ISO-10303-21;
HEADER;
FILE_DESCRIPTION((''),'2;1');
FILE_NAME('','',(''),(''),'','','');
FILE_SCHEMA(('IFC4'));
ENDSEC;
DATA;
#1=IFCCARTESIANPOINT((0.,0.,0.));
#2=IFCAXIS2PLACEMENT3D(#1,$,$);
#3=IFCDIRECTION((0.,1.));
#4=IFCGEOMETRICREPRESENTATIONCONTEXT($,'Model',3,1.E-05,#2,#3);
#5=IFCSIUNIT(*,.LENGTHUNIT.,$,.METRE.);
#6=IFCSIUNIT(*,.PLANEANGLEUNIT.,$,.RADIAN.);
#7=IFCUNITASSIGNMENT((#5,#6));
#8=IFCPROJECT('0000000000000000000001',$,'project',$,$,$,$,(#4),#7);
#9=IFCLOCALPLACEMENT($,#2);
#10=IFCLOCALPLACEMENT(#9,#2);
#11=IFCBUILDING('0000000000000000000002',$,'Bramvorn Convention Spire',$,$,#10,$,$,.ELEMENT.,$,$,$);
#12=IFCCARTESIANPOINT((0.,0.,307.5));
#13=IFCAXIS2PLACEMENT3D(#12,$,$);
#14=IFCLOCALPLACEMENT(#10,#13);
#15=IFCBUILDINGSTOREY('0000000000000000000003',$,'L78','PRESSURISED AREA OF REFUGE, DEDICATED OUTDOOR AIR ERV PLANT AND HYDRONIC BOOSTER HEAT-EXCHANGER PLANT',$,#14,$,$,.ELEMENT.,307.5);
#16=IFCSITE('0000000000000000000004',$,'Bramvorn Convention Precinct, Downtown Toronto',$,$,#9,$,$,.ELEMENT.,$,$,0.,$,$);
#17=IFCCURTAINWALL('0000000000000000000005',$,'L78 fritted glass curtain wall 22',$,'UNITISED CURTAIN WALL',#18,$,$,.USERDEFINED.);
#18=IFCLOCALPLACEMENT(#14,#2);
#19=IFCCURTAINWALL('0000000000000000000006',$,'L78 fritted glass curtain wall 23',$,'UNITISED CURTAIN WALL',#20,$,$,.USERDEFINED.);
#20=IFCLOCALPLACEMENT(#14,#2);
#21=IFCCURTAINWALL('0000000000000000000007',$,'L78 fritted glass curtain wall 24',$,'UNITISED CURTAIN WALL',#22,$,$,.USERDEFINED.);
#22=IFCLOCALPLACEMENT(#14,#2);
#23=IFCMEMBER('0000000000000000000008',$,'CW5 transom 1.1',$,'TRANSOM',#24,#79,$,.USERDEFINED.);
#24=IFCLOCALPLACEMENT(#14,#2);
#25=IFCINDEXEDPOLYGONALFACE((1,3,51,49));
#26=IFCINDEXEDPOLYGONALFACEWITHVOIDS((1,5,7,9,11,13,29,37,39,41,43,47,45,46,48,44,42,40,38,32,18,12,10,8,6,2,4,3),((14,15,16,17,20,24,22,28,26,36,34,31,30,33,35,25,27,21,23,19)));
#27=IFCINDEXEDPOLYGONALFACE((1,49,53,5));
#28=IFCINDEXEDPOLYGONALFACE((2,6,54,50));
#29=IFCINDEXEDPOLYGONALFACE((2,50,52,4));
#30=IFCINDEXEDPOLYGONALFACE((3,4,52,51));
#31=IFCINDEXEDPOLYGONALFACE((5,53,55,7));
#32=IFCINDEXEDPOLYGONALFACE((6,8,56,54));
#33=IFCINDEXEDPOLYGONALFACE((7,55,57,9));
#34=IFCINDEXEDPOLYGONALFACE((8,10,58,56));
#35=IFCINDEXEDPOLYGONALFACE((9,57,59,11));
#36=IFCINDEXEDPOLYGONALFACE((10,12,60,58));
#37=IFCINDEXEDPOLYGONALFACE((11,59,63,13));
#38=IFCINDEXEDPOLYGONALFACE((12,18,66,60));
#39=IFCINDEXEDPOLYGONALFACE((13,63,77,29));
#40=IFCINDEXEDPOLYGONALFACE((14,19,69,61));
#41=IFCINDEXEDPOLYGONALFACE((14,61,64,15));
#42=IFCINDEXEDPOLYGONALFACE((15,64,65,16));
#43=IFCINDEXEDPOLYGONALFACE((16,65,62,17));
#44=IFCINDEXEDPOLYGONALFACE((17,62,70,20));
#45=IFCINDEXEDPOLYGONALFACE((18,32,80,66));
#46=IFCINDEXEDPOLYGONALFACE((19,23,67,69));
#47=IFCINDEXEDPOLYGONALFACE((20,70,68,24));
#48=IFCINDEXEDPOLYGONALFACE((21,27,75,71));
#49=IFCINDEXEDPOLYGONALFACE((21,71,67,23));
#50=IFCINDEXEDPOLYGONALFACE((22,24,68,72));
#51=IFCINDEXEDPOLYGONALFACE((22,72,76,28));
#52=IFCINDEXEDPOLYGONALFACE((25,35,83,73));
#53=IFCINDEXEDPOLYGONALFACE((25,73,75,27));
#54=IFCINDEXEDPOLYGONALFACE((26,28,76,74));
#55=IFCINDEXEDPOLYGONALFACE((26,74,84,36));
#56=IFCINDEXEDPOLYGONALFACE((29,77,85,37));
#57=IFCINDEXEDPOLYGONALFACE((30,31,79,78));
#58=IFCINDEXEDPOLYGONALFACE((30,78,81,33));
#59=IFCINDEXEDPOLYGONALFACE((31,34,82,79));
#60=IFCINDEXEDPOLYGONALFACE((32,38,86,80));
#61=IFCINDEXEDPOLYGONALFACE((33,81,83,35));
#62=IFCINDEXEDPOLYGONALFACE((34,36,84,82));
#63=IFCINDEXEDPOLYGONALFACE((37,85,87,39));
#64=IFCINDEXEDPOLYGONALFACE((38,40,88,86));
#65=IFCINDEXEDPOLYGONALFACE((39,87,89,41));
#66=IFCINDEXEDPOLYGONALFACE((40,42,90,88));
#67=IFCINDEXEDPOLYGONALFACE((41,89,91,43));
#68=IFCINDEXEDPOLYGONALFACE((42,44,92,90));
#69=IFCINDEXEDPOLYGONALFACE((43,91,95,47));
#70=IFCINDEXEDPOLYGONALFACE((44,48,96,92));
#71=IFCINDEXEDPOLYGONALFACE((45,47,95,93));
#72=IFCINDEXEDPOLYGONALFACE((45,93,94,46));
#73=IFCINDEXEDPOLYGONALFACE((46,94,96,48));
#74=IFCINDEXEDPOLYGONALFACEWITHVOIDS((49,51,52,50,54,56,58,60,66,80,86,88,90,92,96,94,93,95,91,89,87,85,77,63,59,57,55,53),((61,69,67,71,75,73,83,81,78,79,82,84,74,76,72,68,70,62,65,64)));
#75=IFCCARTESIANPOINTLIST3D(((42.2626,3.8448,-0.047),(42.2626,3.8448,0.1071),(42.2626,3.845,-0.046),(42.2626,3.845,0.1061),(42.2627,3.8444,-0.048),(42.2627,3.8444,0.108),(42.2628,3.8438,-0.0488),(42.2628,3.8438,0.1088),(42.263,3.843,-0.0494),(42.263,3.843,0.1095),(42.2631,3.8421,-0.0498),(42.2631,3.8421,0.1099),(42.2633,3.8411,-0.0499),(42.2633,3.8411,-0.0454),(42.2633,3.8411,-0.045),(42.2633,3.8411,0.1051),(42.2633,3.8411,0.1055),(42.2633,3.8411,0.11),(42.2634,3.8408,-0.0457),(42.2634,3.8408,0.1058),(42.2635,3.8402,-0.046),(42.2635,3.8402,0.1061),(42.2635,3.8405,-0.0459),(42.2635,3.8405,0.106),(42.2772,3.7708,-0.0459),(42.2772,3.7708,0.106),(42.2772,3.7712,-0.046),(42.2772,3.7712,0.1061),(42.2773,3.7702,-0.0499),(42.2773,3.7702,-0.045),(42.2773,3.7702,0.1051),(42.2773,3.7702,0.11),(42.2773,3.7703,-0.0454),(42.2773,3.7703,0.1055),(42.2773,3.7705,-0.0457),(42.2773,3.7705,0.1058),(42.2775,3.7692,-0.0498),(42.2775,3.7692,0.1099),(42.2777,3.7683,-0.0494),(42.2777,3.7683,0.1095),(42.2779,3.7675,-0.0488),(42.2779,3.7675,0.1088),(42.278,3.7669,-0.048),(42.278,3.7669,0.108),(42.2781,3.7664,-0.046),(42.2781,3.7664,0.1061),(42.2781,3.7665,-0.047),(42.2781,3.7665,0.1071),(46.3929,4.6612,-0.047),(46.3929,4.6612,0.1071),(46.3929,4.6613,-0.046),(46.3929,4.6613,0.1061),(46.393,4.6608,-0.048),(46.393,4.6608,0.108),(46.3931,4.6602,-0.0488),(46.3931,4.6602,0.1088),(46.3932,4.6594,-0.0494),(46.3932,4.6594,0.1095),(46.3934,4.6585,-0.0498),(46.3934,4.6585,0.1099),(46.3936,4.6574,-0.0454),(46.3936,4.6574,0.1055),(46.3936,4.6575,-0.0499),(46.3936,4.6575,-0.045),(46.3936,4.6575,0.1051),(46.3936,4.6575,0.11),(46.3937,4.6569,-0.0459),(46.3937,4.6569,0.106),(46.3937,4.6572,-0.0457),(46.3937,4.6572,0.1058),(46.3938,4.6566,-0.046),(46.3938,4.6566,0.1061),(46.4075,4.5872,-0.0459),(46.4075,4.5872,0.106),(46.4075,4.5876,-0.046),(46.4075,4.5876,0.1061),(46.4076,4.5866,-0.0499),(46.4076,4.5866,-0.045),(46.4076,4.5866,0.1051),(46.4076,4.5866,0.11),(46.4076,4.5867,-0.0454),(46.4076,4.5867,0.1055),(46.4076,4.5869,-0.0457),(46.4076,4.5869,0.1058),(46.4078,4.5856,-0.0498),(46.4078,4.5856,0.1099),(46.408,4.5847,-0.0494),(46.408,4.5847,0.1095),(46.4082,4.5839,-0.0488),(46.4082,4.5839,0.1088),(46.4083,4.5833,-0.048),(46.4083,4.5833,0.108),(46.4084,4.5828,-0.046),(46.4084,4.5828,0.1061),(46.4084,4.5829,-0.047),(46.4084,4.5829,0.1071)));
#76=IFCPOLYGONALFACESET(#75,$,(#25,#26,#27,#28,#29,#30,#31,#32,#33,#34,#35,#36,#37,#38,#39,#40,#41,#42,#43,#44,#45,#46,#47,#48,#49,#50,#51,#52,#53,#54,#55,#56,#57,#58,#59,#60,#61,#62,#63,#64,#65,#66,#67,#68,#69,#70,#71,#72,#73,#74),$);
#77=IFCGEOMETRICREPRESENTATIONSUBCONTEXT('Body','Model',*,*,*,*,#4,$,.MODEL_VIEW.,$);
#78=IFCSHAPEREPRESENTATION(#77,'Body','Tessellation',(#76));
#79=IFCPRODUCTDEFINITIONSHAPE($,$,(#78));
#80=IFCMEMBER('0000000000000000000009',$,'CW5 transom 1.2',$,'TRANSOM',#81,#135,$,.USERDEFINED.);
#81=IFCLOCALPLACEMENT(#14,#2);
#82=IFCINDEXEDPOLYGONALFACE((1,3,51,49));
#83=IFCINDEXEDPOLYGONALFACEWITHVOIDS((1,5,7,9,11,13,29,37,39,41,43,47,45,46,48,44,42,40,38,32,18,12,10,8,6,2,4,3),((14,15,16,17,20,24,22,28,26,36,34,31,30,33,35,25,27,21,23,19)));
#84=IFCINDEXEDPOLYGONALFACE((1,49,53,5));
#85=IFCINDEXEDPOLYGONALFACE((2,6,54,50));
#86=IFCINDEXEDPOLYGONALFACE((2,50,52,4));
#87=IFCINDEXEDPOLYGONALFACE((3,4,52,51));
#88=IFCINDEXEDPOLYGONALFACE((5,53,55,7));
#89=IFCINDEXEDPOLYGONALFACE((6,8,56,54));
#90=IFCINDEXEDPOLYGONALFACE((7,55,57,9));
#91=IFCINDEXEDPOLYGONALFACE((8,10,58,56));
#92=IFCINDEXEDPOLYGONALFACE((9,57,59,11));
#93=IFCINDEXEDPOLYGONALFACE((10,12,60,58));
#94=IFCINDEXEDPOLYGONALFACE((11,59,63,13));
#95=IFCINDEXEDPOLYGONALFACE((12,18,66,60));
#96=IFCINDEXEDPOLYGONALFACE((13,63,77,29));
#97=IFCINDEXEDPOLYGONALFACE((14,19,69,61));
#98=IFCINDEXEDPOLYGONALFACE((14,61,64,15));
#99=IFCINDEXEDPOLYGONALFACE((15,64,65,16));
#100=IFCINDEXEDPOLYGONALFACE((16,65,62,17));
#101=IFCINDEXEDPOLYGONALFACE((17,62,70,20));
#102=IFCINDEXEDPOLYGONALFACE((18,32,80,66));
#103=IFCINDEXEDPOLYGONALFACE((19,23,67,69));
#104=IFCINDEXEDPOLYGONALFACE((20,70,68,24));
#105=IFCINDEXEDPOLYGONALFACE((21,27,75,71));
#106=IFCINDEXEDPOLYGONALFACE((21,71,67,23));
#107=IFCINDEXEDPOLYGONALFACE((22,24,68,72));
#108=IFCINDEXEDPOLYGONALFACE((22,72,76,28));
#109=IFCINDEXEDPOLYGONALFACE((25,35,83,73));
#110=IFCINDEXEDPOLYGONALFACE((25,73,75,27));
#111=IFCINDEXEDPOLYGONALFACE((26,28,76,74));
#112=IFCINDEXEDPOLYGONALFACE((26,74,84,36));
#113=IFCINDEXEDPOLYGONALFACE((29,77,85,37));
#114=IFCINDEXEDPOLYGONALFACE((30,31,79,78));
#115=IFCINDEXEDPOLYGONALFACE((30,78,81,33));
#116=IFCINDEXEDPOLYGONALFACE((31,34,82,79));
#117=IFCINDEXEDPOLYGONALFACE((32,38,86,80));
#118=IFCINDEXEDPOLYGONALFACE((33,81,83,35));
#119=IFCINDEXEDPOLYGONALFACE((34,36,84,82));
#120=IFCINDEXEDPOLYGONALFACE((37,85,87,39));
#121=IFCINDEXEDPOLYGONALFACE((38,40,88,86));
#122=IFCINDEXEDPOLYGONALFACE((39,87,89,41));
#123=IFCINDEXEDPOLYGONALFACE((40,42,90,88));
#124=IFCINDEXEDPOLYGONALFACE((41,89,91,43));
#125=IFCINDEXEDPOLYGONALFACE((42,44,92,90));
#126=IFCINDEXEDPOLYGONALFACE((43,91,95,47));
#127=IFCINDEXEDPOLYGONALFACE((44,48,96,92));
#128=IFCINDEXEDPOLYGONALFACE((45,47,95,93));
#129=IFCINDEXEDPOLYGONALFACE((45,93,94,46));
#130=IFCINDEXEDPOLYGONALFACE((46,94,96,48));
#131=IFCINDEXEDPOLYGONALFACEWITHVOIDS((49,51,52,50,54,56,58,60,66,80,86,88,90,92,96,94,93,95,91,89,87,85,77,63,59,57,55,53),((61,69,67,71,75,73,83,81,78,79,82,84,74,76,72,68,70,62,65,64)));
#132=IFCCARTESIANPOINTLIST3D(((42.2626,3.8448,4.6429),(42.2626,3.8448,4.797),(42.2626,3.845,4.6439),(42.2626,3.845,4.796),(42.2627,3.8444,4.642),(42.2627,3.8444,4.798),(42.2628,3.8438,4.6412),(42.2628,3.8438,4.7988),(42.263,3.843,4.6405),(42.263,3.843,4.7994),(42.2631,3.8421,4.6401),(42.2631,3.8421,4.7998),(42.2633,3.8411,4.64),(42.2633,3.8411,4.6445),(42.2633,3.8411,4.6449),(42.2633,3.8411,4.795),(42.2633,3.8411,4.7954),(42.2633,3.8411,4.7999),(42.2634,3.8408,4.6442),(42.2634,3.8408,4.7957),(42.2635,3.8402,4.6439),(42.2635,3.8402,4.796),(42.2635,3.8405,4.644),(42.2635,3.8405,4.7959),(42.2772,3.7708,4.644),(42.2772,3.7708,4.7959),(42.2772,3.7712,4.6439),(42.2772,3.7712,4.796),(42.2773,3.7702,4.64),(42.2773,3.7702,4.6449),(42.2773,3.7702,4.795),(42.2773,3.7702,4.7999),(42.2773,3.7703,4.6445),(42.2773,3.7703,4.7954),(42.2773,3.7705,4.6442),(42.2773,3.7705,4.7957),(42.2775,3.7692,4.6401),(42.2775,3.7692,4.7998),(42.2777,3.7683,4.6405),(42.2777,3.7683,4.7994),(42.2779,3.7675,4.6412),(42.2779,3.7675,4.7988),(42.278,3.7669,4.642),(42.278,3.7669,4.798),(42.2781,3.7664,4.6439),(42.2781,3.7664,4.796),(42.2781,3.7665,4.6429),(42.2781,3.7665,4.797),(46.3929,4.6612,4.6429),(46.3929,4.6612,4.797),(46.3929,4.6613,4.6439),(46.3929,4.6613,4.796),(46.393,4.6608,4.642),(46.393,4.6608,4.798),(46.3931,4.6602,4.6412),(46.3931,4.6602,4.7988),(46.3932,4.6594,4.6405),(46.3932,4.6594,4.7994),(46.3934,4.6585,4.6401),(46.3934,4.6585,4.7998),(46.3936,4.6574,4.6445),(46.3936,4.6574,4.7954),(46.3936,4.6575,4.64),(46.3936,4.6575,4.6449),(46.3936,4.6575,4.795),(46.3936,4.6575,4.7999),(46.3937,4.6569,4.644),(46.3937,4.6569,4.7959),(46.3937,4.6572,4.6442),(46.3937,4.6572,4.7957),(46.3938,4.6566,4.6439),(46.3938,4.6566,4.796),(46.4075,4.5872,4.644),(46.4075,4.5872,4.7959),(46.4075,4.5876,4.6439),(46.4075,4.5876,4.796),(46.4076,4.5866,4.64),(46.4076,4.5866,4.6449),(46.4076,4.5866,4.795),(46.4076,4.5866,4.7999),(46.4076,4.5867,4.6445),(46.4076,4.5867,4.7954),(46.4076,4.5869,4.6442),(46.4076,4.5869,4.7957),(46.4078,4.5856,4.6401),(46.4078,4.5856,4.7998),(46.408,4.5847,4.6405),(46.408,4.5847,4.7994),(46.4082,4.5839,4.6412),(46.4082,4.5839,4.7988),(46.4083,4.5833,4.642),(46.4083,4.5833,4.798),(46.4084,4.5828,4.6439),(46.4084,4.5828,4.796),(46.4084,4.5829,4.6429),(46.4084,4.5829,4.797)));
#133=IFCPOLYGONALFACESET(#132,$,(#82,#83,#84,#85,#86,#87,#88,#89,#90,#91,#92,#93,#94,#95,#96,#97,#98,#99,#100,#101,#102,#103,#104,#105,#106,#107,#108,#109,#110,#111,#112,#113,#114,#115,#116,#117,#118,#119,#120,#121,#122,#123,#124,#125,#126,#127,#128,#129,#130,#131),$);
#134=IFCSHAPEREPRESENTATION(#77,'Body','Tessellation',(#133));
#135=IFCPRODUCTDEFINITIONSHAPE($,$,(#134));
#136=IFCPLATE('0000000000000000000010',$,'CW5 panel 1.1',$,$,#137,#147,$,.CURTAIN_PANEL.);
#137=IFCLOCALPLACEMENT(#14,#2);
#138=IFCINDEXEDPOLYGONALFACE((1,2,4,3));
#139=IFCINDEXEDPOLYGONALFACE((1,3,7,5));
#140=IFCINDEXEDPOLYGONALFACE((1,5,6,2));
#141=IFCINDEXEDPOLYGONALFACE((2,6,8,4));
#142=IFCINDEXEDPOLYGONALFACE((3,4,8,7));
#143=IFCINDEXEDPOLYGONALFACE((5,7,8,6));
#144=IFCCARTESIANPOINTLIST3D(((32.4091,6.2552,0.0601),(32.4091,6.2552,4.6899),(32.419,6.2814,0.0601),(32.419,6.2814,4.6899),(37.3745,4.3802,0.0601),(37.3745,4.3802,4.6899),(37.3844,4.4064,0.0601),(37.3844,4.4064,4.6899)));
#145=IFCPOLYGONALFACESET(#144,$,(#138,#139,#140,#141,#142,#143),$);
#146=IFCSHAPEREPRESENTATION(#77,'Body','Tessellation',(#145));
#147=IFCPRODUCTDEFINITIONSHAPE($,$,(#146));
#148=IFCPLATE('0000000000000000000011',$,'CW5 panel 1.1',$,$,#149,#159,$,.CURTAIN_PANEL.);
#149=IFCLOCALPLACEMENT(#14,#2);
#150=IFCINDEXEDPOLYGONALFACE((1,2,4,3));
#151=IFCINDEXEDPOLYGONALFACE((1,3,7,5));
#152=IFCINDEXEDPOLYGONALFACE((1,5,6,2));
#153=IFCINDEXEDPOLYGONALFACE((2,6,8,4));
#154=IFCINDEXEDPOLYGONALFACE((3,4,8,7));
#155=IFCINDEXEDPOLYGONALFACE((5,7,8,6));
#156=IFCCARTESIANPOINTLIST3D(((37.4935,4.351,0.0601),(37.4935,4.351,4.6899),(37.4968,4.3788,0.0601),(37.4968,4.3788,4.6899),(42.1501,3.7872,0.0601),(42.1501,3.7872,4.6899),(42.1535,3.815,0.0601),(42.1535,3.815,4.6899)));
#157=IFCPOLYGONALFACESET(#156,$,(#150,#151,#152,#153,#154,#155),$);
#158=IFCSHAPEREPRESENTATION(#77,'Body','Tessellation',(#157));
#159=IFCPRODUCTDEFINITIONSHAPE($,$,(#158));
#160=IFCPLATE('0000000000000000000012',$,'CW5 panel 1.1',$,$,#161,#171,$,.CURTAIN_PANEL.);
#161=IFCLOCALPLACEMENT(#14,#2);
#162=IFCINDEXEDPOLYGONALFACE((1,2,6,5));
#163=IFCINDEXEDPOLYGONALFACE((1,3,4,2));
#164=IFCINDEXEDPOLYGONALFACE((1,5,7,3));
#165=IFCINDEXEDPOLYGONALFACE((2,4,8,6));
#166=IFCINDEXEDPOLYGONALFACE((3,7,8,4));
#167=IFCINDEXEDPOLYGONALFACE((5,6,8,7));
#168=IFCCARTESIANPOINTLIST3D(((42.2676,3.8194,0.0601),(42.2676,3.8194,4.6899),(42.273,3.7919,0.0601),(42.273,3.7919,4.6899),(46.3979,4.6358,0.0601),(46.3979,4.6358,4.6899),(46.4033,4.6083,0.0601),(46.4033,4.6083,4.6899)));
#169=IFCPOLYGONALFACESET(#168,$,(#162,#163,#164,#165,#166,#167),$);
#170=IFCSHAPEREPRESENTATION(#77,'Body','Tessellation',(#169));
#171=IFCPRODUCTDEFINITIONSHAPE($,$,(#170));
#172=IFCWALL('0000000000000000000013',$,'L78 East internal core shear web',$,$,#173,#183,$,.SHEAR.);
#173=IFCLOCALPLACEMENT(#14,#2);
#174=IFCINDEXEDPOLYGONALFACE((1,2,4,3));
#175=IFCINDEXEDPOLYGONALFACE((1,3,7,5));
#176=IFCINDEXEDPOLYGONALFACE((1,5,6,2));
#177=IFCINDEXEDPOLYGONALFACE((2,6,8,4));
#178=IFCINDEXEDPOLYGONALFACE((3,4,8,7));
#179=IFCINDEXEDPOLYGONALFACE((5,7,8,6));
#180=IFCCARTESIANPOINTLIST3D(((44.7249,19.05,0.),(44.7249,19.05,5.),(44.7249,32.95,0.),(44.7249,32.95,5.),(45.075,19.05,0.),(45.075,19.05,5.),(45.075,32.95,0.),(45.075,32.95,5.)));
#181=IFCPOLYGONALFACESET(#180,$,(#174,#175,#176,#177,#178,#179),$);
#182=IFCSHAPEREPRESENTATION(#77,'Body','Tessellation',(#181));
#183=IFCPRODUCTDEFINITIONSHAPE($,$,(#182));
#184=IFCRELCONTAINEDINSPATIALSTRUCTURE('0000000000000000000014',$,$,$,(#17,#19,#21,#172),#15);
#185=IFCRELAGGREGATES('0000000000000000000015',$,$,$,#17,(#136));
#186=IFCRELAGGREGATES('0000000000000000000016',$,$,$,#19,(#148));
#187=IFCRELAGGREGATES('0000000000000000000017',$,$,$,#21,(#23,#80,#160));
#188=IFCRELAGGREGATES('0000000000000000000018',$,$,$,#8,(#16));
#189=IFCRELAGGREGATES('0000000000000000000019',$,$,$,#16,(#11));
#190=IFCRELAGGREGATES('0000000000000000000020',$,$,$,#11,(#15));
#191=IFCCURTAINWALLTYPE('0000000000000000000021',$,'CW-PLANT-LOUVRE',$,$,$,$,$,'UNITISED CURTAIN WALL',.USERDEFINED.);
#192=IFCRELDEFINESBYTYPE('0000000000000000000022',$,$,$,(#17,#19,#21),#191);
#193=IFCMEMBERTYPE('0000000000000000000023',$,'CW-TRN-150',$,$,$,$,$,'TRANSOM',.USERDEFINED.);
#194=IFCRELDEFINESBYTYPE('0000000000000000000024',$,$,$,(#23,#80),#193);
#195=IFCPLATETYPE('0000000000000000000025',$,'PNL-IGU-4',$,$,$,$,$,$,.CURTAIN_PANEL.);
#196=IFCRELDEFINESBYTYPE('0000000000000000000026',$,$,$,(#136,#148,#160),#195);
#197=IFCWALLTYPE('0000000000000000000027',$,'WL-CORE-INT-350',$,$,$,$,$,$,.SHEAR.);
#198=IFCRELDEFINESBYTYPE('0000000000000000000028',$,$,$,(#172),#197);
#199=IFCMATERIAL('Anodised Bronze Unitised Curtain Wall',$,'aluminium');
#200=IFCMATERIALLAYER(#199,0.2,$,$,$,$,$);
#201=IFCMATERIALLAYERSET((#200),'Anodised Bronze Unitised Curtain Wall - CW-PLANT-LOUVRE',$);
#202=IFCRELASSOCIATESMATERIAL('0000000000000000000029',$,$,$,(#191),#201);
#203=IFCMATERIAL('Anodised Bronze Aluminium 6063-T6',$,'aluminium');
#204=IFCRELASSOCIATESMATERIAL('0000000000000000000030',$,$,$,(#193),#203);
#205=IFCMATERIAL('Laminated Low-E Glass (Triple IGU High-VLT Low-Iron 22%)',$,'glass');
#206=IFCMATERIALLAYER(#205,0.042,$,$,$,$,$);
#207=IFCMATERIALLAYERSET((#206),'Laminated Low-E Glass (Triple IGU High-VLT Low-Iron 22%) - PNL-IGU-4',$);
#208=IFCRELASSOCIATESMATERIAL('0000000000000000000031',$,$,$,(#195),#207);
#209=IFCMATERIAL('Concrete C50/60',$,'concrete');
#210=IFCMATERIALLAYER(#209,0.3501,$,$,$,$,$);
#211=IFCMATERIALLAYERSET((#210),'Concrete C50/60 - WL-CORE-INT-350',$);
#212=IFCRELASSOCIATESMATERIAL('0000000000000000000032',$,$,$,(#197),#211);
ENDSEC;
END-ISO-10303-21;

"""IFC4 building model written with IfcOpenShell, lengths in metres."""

from ifc_helpers import new_model, si_unit, direction, frame, frame_2d, origin, origin_2d, place, context, subcontext, project, spatial, rectangle, hollow_rectangle, extrude, material, layer, layer_set, material_profile, profile_set, type_object, element, aggregate, save


model = new_model("IFC4")

# Units and contexts
model_context = context("Model", 3, precision=1e-05, world=origin(), true_north=direction((0.0, 1.0)))
body_context = subcontext(model_context, "Body", "Model", "MODEL_VIEW")
ifc_project = project(units=[si_unit("LENGTHUNIT", "METRE"), si_unit("PLANEANGLEUNIT", "RADIAN")], contexts=[model_context])

# Site, building, storey
site_placement = place(None, origin())
site = spatial("IfcSite", under=ifc_project, at=site_placement, Name="Bramvorn Convention Precinct, Downtown Toronto", CompositionType="ELEMENT", RefElevation=0.0)
building_placement = place(site_placement, origin())
building = spatial("IfcBuilding", under=site, at=building_placement, Name="Bramvorn Convention Spire", CompositionType="ELEMENT")
storey_placement = place(building_placement, frame((0.0, 0.0, 307.5)))
storey = spatial("IfcBuildingStorey", under=building, at=storey_placement, Name="L78", Description="PRESSURISED AREA OF REFUGE, DEDICATED OUTDOOR AIR ERV PLANT AND HYDRONIC BOOSTER HEAT-EXCHANGER PLANT", CompositionType="ELEMENT", Elevation=307.5)

# Curtain wall
ifc_material_1 = material(Name="Anodised Bronze Unitised Curtain Wall", Category="aluminium")
ifc_layer_1 = layer(ifc_material_1, 0.2)
ifc_layer_set_1 = layer_set([ifc_layer_1], Name="Anodised Bronze Unitised Curtain Wall - CW-PLANT-LOUVRE")
curtain_wall_type = type_object("IfcCurtainWallType", Name="CW-PLANT-LOUVRE", ElementType="UNITISED CURTAIN WALL", PredefinedType="USERDEFINED", material=ifc_layer_set_1)
curtain_wall_1_placement = place(storey_placement, origin())
curtain_wall_1 = element("IfcCurtainWall", 1, at=curtain_wall_1_placement, inside=storey, type_object=curtain_wall_type, Name="L78 fritted glass curtain wall 22", ObjectType="UNITISED CURTAIN WALL", PredefinedType="USERDEFINED")
ifc_material_2 = material(Name="Anodised Bronze Aluminium 6063-T6", Category="aluminium")

# Curtain walls
curtain_wall_2_placement = place(storey_placement, origin())
curtain_wall_2 = element("IfcCurtainWall", 2, at=curtain_wall_2_placement, inside=storey, type_object=curtain_wall_type, Name="L78 fritted glass curtain wall 23", ObjectType="UNITISED CURTAIN WALL", PredefinedType="USERDEFINED")
curtain_wall_3_placement = place(storey_placement, origin())
curtain_wall_3 = element("IfcCurtainWall", 3, at=curtain_wall_3_placement, inside=storey, type_object=curtain_wall_type, Name="L78 fritted glass curtain wall 24", ObjectType="UNITISED CURTAIN WALL", PredefinedType="USERDEFINED")

# Members
ifc_material_profile_1 = material_profile(ifc_material_2, hollow_rectangle(XDim=0.0801, YDim=0.1599, WallThickness=0.0039, InnerFilletRadius=0.001, OuterFilletRadius=0.0039, at=origin_2d()))
ifc_profile_set_1 = profile_set([ifc_material_profile_1], Name="Anodised Bronze Aluminium 6063-T6 - CWT80X160")
member_type_1 = type_object("IfcMemberType", Name="CW-TRN-150", ElementType="TRANSOM", PredefinedType="USERDEFINED", material=ifc_profile_set_1)
member_1_placement = place(storey_placement, frame((46.4006, 4.6221, 0.03), z_axis=(-0.98102, -0.193908, 0.0), x_axis=(0.193908, -0.98102, 0.0)))
member_1 = element("IfcMember", 4, at=member_1_placement, type_object=member_type_1, Name="CW5 transom 1.1", ObjectType="TRANSOM", PredefinedType="USERDEFINED", context=body_context, shape_type="SweptSolid", body=[
    extrude(hollow_rectangle(XDim=0.0801, YDim=0.1599, WallThickness=0.0039, InnerFilletRadius=0.001, OuterFilletRadius=0.0039, at=origin_2d()), origin(), (0.0, 0.0, 1.0), 4.2102),
])
member_2_placement = place(storey_placement, frame((46.4006, 4.6221, 4.72), z_axis=(-0.98102, -0.193908, 0.0), x_axis=(0.193908, -0.98102, 0.0)))
member_2 = element("IfcMember", 5, at=member_2_placement, type_object=member_type_1, Name="CW5 transom 1.2", ObjectType="TRANSOM", PredefinedType="USERDEFINED", context=body_context, shape_type="SweptSolid", body=[
    extrude(hollow_rectangle(XDim=0.0801, YDim=0.1599, WallThickness=0.0039, InnerFilletRadius=0.001, OuterFilletRadius=0.0039, at=origin_2d()), origin(), (0.0, 0.0, 1.0), 4.2102),
])

# Plates
ifc_material_3 = material(Name="Laminated Low-E Glass (Triple IGU High-VLT Low-Iron 22%)", Category="glass")
ifc_layer_2 = layer(ifc_material_3, 0.042)
ifc_layer_set_2 = layer_set([ifc_layer_2], Name="Laminated Low-E Glass (Triple IGU High-VLT Low-Iron 22%) - PNL-IGU-4")
plate_type = type_object("IfcPlateType", Name="PNL-IGU-4", PredefinedType="CURTAIN_PANEL", material=ifc_layer_set_2)
plate_1_placement = place(storey_placement, frame((34.8967, 5.3308, 0.0601), z_axis=(0.0, 0.0, 1.0), x_axis=(-0.935523, 0.353265, 0.0)))
plate_1 = element("IfcPlate", 6, at=plate_1_placement, type_object=plate_type, Name="CW5 panel 1.1", PredefinedType="CURTAIN_PANEL", context=body_context, shape_type="SweptSolid", body=[
    extrude(rectangle(XDim=5.3076, YDim=0.0281, at=origin_2d()), origin(), (0.0, 0.0, 1.0), 4.6299),
])
aggregate(curtain_wall_1, [plate_1])
plate_2_placement = place(storey_placement, frame((39.8235, 4.083, 0.0601), z_axis=(0.0, 0.0, 1.0), x_axis=(-0.99275, 0.120194, 0.0)))
plate_2 = element("IfcPlate", 7, at=plate_2_placement, type_object=plate_type, Name="CW5 panel 1.1", PredefinedType="CURTAIN_PANEL", context=body_context, shape_type="SweptSolid", body=[
    extrude(rectangle(XDim=4.6907, YDim=0.0281, at=origin_2d()), origin(), (0.0, 0.0, 1.0), 4.6299),
])
aggregate(curtain_wall_2, [plate_2])
plate_3_placement = place(storey_placement, frame((44.3354, 4.2139, 0.0601), z_axis=(0.0, 0.0, 1.0), x_axis=(-0.981019, -0.193913, 0.0)))
plate_3 = element("IfcPlate", 8, at=plate_3_placement, type_object=plate_type, Name="CW5 panel 1.1", PredefinedType="CURTAIN_PANEL", context=body_context, shape_type="SweptSolid", body=[
    extrude(rectangle(XDim=4.2102, YDim=0.0281, at=origin_2d()), origin(), (0.0, 0.0, 1.0), 4.6299),
])
aggregate(curtain_wall_3, [member_1, member_2, plate_3])

# Wall
ifc_material_4 = material(Name="Concrete C50/60", Category="concrete")
ifc_layer_3 = layer(ifc_material_4, 0.3501)
ifc_layer_set_3 = layer_set([ifc_layer_3], Name="Concrete C50/60 - WL-CORE-INT-350")
wall_type_1 = type_object("IfcWallType", Name="WL-CORE-INT-350", PredefinedType="SHEAR", material=ifc_layer_set_3)
wall_1_placement = place(storey_placement, frame((44.8999, 19.05, 0.0), z_axis=(0.0, 0.0, 1.0), x_axis=(0.0, 1.0, 0.0)))
element("IfcWall", 9, at=wall_1_placement, inside=storey, type_object=wall_type_1, Name="L78 East internal core shear web", PredefinedType="SHEAR", context=body_context, shape_type="SweptSolid", body=[
    extrude(rectangle(XDim=13.8999, YDim=0.3501, at=frame_2d((6.95, 0.0))), origin(), (0.0, 0.0, 1.0), 5.0),
])

save(model, "model.ifc")
